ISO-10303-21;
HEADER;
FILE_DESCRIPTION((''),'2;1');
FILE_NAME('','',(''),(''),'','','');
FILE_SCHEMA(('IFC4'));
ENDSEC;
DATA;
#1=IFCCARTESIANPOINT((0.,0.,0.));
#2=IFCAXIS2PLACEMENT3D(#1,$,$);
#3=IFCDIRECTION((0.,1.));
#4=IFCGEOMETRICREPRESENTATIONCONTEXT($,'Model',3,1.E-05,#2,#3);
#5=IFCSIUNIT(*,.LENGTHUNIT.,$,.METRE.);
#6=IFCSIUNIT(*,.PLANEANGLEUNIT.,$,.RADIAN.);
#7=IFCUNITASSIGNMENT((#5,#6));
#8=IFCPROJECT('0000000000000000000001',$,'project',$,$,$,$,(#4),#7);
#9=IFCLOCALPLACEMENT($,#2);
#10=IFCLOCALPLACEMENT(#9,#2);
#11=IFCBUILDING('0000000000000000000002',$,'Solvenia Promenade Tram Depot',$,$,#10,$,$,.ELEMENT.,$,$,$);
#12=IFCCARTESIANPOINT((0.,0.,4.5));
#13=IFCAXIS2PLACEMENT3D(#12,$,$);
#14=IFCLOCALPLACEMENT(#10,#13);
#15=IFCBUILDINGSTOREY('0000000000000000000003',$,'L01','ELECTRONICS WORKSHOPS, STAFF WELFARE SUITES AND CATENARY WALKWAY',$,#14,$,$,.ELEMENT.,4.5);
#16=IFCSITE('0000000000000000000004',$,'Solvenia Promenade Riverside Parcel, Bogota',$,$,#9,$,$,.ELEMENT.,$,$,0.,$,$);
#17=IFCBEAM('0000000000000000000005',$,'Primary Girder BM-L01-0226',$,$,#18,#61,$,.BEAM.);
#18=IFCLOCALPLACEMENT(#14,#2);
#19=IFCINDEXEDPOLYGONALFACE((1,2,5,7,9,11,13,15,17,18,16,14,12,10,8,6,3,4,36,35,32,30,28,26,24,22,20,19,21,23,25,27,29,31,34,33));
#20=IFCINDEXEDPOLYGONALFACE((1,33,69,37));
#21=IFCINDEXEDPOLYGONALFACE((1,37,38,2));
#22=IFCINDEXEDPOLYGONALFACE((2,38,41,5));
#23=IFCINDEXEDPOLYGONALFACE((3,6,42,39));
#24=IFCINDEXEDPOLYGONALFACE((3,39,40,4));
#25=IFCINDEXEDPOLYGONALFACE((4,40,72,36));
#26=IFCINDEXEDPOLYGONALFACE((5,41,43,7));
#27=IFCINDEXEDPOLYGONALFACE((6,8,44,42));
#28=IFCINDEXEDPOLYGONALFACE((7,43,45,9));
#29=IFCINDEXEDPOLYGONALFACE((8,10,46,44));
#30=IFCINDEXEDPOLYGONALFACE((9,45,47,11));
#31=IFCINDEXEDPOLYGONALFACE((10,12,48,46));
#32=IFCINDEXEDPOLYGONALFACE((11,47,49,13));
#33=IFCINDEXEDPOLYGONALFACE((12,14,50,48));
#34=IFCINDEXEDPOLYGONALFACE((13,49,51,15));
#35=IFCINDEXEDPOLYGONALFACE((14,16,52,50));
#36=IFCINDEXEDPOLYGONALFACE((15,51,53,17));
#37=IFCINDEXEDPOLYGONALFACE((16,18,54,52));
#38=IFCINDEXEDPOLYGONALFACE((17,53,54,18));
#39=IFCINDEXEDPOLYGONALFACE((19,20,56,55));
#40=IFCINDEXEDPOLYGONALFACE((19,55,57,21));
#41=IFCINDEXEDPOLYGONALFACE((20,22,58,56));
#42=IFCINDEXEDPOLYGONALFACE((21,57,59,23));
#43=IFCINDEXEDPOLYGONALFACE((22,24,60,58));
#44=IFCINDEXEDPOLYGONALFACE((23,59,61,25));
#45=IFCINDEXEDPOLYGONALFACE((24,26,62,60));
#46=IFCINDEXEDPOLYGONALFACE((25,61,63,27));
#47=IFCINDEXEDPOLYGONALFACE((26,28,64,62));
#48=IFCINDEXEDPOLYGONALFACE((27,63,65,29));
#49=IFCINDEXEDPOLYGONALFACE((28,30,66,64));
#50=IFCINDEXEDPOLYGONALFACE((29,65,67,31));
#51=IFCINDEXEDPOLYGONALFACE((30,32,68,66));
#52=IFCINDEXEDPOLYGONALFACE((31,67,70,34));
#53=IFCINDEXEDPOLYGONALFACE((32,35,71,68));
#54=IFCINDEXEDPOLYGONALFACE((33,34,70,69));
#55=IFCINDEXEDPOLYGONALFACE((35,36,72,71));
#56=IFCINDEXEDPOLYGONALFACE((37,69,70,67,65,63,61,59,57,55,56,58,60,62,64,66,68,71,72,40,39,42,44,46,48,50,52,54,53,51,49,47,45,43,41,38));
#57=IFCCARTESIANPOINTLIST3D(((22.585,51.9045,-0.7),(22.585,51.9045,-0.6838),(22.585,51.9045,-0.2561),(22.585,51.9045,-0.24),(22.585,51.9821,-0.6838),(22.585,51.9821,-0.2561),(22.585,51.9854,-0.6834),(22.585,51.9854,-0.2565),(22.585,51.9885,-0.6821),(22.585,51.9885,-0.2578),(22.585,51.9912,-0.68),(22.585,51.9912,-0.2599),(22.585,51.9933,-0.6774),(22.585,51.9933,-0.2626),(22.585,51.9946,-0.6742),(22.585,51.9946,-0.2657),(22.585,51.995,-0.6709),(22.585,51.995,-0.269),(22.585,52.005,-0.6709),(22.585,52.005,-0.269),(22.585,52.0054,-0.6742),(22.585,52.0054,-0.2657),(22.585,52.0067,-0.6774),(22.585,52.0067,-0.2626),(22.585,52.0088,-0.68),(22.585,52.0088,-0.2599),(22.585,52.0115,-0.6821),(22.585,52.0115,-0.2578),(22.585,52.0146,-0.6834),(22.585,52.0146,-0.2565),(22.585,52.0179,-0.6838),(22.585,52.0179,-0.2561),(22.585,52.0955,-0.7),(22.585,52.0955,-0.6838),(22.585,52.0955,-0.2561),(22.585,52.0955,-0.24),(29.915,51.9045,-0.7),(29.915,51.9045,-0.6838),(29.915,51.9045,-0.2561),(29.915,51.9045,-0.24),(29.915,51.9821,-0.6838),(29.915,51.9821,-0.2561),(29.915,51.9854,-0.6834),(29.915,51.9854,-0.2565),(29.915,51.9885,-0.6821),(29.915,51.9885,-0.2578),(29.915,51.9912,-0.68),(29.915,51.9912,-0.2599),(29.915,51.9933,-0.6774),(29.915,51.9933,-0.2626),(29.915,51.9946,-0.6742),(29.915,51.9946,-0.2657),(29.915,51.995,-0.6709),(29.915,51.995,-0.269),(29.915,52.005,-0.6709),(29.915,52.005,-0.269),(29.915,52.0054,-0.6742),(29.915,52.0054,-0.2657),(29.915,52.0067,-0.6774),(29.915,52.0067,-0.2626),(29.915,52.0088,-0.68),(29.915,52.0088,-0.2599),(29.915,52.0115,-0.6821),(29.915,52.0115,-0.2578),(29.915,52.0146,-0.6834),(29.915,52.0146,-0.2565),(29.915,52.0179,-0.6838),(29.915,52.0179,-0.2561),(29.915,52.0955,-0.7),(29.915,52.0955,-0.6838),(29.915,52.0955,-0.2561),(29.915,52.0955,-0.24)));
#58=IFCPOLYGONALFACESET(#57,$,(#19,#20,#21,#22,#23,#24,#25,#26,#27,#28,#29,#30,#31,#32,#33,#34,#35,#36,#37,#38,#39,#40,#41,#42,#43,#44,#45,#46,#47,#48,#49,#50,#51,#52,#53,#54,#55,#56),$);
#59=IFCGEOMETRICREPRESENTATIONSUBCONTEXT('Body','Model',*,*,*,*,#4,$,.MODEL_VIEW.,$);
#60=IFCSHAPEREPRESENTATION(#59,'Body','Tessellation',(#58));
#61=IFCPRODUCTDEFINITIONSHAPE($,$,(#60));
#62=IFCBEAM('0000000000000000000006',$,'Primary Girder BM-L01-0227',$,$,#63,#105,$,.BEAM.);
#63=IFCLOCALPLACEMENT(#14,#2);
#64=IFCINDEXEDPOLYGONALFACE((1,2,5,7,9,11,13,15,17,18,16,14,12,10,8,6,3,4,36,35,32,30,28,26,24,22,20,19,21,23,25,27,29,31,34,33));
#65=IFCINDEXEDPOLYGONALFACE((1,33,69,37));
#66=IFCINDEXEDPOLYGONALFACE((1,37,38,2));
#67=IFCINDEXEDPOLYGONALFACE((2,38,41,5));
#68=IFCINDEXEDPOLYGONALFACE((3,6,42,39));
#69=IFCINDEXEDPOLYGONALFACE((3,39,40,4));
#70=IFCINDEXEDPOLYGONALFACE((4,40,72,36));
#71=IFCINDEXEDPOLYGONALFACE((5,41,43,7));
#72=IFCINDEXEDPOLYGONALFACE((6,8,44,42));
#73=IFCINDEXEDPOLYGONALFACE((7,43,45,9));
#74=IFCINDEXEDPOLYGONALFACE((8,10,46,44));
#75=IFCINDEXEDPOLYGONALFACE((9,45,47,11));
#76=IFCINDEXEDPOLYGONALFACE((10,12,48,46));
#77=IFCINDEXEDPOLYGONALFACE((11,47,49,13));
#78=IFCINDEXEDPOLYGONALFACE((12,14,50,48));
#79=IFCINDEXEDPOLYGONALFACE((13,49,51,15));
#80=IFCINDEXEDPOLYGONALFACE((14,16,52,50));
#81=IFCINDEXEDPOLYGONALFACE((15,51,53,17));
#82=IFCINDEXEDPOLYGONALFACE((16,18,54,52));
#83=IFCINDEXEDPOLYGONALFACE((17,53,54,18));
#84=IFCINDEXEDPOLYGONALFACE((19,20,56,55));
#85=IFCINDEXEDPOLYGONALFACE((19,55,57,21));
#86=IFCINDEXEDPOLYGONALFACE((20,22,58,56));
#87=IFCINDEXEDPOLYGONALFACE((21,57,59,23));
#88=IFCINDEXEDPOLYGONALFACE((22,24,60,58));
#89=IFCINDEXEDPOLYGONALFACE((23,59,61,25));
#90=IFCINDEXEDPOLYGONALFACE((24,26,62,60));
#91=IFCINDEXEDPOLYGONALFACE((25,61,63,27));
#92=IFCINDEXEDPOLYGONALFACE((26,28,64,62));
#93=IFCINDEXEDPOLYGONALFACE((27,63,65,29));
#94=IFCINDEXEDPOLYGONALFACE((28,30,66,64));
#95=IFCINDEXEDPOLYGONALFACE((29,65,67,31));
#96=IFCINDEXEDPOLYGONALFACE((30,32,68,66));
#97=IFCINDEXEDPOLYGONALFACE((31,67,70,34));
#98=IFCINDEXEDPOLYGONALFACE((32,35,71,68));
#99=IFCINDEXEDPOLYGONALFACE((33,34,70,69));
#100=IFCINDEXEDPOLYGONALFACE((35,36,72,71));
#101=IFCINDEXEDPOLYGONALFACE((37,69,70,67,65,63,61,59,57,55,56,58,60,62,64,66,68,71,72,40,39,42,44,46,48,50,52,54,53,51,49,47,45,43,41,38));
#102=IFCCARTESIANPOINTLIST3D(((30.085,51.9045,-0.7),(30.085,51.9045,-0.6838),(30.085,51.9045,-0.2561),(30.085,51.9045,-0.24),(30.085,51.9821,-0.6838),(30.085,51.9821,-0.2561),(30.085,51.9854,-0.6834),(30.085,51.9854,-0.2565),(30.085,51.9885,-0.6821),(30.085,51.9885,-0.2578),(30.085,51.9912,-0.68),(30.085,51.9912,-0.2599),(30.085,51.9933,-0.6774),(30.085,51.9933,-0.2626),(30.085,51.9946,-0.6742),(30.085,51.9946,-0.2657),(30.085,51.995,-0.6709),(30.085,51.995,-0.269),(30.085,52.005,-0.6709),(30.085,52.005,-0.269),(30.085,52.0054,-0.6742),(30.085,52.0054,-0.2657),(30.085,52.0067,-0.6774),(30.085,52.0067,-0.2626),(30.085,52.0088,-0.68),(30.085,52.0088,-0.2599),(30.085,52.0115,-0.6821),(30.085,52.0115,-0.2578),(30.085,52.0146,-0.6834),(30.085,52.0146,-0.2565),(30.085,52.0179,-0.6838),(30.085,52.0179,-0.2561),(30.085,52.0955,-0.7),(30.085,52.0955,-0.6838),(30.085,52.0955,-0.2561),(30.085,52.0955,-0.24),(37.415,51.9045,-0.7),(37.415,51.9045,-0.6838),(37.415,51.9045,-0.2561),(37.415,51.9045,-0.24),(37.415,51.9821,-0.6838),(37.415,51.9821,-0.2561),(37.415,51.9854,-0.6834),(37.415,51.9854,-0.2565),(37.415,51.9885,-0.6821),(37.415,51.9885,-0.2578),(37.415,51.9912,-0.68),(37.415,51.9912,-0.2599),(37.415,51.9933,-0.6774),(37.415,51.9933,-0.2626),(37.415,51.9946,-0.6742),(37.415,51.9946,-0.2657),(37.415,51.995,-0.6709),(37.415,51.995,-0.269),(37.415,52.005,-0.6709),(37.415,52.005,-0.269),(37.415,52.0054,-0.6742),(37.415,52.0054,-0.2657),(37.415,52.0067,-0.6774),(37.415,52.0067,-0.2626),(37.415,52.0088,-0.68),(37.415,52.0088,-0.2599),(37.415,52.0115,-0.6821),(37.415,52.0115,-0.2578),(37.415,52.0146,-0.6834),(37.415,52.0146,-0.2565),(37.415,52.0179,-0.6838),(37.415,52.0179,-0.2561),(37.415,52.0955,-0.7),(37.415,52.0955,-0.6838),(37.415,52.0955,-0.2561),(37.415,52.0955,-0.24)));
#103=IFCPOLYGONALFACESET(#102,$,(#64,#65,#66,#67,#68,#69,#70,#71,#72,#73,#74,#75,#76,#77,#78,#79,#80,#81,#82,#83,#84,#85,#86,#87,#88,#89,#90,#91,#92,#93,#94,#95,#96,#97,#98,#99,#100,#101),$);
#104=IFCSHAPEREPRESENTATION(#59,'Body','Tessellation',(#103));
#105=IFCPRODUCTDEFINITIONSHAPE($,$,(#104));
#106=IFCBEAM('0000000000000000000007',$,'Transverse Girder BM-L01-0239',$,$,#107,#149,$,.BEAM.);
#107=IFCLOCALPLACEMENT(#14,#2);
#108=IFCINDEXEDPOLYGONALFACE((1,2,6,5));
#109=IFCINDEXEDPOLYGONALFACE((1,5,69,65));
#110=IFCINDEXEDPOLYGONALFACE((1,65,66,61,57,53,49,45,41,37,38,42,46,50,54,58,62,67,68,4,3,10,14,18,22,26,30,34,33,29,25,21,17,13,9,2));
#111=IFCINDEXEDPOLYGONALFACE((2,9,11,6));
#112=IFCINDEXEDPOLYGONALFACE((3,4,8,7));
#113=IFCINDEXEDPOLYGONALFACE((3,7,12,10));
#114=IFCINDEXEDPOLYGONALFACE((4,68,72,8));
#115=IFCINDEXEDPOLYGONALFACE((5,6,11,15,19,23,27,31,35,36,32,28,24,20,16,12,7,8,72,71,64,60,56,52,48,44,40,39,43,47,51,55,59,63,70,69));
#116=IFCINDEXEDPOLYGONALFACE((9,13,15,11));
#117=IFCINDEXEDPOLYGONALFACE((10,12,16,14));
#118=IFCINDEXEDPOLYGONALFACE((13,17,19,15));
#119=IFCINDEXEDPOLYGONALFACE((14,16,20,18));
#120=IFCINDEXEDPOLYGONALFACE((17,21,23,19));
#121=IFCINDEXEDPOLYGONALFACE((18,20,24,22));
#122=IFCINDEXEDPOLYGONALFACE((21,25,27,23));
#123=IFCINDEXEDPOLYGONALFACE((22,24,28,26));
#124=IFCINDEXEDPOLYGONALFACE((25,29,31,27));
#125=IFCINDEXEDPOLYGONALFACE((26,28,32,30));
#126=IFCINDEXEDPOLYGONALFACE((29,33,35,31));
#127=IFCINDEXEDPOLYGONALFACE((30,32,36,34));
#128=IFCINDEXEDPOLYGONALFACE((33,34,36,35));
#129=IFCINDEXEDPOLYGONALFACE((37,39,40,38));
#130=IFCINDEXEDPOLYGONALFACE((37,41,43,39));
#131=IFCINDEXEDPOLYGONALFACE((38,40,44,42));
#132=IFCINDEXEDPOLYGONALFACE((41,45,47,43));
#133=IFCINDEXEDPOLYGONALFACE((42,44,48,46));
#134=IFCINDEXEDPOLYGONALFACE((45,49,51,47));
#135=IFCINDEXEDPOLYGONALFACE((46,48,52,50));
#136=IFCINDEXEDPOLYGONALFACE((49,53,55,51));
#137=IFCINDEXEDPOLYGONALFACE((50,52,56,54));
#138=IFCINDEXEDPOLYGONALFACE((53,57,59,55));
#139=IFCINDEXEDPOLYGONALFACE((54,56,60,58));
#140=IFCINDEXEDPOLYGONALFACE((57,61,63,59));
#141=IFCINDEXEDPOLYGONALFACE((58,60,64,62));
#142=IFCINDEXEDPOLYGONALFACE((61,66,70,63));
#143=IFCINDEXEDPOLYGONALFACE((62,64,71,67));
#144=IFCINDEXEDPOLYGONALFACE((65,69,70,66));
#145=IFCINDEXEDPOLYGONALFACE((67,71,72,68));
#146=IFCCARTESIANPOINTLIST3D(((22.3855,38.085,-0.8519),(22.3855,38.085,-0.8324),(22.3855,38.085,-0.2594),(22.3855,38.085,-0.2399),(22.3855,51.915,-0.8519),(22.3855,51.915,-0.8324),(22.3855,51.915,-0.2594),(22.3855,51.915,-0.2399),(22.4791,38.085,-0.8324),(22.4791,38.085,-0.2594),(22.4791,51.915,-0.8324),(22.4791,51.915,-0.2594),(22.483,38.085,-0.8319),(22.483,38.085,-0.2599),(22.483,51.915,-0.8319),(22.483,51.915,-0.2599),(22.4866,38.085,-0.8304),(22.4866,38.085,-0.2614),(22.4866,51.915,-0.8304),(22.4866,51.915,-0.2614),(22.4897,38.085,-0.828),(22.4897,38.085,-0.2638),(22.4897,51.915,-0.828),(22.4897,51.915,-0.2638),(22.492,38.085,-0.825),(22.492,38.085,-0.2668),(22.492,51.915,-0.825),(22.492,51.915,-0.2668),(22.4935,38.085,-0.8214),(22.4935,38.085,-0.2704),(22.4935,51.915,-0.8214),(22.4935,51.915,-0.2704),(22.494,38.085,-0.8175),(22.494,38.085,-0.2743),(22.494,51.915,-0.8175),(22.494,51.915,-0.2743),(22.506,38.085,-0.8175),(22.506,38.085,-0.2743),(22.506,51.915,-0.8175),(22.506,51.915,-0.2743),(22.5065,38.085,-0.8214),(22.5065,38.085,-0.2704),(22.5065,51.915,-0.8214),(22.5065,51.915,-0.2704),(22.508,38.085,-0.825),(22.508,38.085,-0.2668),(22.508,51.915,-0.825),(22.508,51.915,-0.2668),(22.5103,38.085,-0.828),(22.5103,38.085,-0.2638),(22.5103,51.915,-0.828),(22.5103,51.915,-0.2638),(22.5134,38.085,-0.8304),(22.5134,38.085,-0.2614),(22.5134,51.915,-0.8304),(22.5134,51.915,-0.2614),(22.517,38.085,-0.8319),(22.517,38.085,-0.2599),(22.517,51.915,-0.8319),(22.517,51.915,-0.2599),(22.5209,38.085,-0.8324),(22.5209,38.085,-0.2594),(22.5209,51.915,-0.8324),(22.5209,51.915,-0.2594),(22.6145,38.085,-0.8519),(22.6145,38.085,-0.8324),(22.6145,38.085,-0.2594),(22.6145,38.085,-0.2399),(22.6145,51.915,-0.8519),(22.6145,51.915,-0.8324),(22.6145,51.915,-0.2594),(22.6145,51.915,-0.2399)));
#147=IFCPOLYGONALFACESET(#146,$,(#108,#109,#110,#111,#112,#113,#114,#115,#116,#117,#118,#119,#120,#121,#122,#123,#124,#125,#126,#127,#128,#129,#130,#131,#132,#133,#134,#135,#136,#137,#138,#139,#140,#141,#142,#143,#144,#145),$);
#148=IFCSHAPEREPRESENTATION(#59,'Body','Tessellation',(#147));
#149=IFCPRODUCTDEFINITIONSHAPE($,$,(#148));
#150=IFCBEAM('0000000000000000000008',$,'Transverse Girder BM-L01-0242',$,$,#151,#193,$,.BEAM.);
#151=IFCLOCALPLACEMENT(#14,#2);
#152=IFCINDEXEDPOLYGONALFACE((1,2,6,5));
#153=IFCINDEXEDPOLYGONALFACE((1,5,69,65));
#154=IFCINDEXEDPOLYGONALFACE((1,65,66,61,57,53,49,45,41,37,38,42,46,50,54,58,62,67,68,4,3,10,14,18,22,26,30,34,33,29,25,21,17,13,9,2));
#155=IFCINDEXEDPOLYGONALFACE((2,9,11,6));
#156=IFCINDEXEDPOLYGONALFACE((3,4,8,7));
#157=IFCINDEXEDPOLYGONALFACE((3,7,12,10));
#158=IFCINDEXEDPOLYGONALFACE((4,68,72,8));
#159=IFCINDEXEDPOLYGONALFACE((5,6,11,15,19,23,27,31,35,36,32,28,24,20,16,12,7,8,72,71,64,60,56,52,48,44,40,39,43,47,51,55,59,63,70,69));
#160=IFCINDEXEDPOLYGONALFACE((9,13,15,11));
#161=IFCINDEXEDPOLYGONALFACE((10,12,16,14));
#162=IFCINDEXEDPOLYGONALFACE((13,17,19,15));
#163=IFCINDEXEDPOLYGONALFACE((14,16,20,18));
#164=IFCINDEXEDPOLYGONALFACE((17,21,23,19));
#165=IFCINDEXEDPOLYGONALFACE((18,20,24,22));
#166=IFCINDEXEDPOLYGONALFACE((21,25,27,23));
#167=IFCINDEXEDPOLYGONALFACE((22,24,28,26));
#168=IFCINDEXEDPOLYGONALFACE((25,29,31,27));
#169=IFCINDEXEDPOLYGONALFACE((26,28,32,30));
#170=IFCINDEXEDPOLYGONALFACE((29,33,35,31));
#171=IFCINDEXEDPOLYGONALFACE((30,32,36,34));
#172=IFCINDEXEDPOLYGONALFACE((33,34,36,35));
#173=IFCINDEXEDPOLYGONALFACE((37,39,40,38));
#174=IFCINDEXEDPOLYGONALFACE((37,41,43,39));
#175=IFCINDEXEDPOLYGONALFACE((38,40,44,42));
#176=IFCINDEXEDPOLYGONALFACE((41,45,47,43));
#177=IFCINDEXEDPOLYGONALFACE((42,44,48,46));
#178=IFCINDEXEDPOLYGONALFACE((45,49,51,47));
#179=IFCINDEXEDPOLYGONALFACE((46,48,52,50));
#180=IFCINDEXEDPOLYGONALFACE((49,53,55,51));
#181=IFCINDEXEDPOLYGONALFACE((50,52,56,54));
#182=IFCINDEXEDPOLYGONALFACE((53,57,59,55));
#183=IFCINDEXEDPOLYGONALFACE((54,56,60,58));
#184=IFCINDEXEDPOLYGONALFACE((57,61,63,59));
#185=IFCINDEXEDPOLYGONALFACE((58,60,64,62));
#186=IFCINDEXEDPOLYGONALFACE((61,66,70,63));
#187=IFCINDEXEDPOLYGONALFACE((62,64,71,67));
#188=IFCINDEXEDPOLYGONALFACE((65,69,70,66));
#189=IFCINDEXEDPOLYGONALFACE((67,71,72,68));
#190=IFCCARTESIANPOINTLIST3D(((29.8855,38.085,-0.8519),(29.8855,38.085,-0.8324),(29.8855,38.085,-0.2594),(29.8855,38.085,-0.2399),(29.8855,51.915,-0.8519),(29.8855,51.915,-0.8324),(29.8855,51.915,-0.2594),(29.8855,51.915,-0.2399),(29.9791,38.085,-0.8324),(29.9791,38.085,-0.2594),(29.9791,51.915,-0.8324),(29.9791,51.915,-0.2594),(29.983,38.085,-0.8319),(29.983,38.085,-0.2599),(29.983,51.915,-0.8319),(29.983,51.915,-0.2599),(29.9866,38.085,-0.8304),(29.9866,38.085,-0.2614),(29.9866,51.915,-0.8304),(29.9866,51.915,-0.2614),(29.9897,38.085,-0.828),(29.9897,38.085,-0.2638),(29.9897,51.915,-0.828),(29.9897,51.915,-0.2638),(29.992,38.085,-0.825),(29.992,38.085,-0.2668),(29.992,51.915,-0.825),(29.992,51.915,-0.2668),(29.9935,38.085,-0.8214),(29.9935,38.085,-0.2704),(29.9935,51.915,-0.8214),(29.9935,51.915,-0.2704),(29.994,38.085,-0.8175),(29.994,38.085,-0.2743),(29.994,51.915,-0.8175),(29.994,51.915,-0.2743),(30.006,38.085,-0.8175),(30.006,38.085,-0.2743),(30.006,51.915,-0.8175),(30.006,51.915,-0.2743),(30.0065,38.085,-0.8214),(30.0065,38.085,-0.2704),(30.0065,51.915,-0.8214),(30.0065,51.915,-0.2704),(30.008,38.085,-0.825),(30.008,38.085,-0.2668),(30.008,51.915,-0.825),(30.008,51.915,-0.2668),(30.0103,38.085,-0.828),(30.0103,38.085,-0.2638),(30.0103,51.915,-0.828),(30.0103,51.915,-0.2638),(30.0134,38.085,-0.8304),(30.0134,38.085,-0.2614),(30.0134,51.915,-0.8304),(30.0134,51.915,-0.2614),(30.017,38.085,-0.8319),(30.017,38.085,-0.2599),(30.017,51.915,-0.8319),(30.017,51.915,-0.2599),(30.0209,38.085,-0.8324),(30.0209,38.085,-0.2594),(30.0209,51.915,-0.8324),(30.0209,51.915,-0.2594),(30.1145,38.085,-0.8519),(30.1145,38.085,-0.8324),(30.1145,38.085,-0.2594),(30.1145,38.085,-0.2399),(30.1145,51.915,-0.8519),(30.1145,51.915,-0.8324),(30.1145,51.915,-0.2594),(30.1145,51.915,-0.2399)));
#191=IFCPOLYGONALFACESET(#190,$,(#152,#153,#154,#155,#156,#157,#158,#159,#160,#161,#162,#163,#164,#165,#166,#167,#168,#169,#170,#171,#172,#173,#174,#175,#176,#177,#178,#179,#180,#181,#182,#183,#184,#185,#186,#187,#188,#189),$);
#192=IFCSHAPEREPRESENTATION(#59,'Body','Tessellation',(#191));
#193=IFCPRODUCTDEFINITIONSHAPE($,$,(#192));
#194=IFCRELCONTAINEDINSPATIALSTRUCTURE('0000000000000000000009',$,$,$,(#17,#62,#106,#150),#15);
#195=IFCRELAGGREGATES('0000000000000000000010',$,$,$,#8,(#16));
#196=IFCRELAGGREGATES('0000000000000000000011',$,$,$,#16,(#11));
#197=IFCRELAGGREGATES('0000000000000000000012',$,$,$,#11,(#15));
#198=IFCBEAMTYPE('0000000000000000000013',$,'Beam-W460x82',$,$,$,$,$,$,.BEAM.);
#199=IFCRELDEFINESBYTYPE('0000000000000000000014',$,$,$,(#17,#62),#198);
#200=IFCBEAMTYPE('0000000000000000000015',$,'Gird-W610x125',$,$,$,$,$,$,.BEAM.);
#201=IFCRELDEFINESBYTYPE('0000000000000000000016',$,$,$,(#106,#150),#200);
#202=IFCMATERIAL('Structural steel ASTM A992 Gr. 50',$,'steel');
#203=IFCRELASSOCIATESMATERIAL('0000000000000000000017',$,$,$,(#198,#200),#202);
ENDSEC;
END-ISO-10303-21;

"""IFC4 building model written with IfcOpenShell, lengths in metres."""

from ifc_helpers import new_model, si_unit, direction, frame, origin, origin_2d, place, context, subcontext, project, spatial, i_section, extrude, material, material_profile, profile_set, type_object, element, save


model = new_model("IFC4")

# Units and contexts
model_context = context("Model", 3, precision=1e-05, world=origin(), true_north=direction((0.0, 1.0)))
body_context = subcontext(model_context, "Body", "Model", "MODEL_VIEW")
ifc_project = project(units=[si_unit("LENGTHUNIT", "METRE"), si_unit("PLANEANGLEUNIT", "RADIAN")], contexts=[model_context])

# Site, building, storey
site_placement = place(None, origin())
site = spatial("IfcSite", under=ifc_project, at=site_placement, Name="Solvenia Promenade Riverside Parcel, Bogota", CompositionType="ELEMENT", RefElevation=0.0)
building_placement = place(site_placement, origin())
building = spatial("IfcBuilding", under=site, at=building_placement, Name="Solvenia Promenade Tram Depot", CompositionType="ELEMENT")
storey_placement = place(building_placement, frame((0.0, 0.0, 4.5)))
storey = spatial("IfcBuildingStorey", under=building, at=storey_placement, Name="L01", Description="ELECTRONICS WORKSHOPS, STAFF WELFARE SUITES AND CATENARY WALKWAY", CompositionType="ELEMENT", Elevation=4.5)

# Shared definitions
ifc_material_1 = material(Name="Structural steel ASTM A992 Gr. 50", Category="steel")

# Beams
ifc_material_profile_1 = material_profile(ifc_material_1, i_section(OverallWidth=0.1909, OverallDepth=0.46, WebThickness=0.01, FlangeThickness=0.0161, FilletRadius=0.0129, at=origin_2d()), Name="W460x82", Category="steel")
ifc_profile_set_1 = profile_set([ifc_material_profile_1], Name="Structural steel ASTM A992 Gr. 50")
beam_type_1 = type_object("IfcBeamType", Name="Beam-W460x82", PredefinedType="BEAM", material=ifc_profile_set_1)
for number, where, z_axis, x_axis, name in (
    (1, (22.585, 52.0, -0.47), (1.0, 0.0, 0.0), (0.0, 1.0, 0.0), "Primary Girder BM-L01-0226"),
    (2, (30.085, 52.0, -0.47), (1.0, 0.0, 0.0), (0.0, 1.0, 0.0), "Primary Girder BM-L01-0227"),
):
    element("IfcBeam", number, at=place(storey_placement, frame(where, z_axis=z_axis, x_axis=x_axis)), inside=storey, type_object=beam_type_1, Name=name, PredefinedType="BEAM", context=body_context, shape_type="SweptSolid", body=[
        extrude(i_section(OverallWidth=0.1909, OverallDepth=0.46, WebThickness=0.01, FlangeThickness=0.0161, FilletRadius=0.0129, at=origin_2d()), origin(), (0.0, 0.0, 1.0), 7.3301),
    ])
ifc_material_profile_2 = material_profile(ifc_material_1, i_section(OverallWidth=0.229, OverallDepth=0.6121, WebThickness=0.012, FlangeThickness=0.0195, FilletRadius=0.0149, at=origin_2d()), Name="W610x125", Category="steel")
ifc_profile_set_2 = profile_set([ifc_material_profile_2], Name="Structural steel ASTM A992 Gr. 50")
beam_type_2 = type_object("IfcBeamType", Name="Gird-W610x125", PredefinedType="BEAM", material=ifc_profile_set_2)
for number, where, z_axis, x_axis, name in (
    (3, (22.5, 38.085, -0.5459), (0.0, 1.0, 0.0), (-1.0, 0.0, 0.0), "Transverse Girder BM-L01-0239"),
    (4, (30.0, 38.085, -0.5459), (0.0, 1.0, 0.0), (-1.0, 0.0, 0.0), "Transverse Girder BM-L01-0242"),
):
    element("IfcBeam", number, at=place(storey_placement, frame(where, z_axis=z_axis, x_axis=x_axis)), inside=storey, type_object=beam_type_2, Name=name, PredefinedType="BEAM", context=body_context, shape_type="SweptSolid", body=[
        extrude(i_section(OverallWidth=0.229, OverallDepth=0.6121, WebThickness=0.012, FlangeThickness=0.0195, FilletRadius=0.0149, at=origin_2d()), origin(), (0.0, 0.0, 1.0), 13.8301),
    ])

save(model, "model.ifc")
